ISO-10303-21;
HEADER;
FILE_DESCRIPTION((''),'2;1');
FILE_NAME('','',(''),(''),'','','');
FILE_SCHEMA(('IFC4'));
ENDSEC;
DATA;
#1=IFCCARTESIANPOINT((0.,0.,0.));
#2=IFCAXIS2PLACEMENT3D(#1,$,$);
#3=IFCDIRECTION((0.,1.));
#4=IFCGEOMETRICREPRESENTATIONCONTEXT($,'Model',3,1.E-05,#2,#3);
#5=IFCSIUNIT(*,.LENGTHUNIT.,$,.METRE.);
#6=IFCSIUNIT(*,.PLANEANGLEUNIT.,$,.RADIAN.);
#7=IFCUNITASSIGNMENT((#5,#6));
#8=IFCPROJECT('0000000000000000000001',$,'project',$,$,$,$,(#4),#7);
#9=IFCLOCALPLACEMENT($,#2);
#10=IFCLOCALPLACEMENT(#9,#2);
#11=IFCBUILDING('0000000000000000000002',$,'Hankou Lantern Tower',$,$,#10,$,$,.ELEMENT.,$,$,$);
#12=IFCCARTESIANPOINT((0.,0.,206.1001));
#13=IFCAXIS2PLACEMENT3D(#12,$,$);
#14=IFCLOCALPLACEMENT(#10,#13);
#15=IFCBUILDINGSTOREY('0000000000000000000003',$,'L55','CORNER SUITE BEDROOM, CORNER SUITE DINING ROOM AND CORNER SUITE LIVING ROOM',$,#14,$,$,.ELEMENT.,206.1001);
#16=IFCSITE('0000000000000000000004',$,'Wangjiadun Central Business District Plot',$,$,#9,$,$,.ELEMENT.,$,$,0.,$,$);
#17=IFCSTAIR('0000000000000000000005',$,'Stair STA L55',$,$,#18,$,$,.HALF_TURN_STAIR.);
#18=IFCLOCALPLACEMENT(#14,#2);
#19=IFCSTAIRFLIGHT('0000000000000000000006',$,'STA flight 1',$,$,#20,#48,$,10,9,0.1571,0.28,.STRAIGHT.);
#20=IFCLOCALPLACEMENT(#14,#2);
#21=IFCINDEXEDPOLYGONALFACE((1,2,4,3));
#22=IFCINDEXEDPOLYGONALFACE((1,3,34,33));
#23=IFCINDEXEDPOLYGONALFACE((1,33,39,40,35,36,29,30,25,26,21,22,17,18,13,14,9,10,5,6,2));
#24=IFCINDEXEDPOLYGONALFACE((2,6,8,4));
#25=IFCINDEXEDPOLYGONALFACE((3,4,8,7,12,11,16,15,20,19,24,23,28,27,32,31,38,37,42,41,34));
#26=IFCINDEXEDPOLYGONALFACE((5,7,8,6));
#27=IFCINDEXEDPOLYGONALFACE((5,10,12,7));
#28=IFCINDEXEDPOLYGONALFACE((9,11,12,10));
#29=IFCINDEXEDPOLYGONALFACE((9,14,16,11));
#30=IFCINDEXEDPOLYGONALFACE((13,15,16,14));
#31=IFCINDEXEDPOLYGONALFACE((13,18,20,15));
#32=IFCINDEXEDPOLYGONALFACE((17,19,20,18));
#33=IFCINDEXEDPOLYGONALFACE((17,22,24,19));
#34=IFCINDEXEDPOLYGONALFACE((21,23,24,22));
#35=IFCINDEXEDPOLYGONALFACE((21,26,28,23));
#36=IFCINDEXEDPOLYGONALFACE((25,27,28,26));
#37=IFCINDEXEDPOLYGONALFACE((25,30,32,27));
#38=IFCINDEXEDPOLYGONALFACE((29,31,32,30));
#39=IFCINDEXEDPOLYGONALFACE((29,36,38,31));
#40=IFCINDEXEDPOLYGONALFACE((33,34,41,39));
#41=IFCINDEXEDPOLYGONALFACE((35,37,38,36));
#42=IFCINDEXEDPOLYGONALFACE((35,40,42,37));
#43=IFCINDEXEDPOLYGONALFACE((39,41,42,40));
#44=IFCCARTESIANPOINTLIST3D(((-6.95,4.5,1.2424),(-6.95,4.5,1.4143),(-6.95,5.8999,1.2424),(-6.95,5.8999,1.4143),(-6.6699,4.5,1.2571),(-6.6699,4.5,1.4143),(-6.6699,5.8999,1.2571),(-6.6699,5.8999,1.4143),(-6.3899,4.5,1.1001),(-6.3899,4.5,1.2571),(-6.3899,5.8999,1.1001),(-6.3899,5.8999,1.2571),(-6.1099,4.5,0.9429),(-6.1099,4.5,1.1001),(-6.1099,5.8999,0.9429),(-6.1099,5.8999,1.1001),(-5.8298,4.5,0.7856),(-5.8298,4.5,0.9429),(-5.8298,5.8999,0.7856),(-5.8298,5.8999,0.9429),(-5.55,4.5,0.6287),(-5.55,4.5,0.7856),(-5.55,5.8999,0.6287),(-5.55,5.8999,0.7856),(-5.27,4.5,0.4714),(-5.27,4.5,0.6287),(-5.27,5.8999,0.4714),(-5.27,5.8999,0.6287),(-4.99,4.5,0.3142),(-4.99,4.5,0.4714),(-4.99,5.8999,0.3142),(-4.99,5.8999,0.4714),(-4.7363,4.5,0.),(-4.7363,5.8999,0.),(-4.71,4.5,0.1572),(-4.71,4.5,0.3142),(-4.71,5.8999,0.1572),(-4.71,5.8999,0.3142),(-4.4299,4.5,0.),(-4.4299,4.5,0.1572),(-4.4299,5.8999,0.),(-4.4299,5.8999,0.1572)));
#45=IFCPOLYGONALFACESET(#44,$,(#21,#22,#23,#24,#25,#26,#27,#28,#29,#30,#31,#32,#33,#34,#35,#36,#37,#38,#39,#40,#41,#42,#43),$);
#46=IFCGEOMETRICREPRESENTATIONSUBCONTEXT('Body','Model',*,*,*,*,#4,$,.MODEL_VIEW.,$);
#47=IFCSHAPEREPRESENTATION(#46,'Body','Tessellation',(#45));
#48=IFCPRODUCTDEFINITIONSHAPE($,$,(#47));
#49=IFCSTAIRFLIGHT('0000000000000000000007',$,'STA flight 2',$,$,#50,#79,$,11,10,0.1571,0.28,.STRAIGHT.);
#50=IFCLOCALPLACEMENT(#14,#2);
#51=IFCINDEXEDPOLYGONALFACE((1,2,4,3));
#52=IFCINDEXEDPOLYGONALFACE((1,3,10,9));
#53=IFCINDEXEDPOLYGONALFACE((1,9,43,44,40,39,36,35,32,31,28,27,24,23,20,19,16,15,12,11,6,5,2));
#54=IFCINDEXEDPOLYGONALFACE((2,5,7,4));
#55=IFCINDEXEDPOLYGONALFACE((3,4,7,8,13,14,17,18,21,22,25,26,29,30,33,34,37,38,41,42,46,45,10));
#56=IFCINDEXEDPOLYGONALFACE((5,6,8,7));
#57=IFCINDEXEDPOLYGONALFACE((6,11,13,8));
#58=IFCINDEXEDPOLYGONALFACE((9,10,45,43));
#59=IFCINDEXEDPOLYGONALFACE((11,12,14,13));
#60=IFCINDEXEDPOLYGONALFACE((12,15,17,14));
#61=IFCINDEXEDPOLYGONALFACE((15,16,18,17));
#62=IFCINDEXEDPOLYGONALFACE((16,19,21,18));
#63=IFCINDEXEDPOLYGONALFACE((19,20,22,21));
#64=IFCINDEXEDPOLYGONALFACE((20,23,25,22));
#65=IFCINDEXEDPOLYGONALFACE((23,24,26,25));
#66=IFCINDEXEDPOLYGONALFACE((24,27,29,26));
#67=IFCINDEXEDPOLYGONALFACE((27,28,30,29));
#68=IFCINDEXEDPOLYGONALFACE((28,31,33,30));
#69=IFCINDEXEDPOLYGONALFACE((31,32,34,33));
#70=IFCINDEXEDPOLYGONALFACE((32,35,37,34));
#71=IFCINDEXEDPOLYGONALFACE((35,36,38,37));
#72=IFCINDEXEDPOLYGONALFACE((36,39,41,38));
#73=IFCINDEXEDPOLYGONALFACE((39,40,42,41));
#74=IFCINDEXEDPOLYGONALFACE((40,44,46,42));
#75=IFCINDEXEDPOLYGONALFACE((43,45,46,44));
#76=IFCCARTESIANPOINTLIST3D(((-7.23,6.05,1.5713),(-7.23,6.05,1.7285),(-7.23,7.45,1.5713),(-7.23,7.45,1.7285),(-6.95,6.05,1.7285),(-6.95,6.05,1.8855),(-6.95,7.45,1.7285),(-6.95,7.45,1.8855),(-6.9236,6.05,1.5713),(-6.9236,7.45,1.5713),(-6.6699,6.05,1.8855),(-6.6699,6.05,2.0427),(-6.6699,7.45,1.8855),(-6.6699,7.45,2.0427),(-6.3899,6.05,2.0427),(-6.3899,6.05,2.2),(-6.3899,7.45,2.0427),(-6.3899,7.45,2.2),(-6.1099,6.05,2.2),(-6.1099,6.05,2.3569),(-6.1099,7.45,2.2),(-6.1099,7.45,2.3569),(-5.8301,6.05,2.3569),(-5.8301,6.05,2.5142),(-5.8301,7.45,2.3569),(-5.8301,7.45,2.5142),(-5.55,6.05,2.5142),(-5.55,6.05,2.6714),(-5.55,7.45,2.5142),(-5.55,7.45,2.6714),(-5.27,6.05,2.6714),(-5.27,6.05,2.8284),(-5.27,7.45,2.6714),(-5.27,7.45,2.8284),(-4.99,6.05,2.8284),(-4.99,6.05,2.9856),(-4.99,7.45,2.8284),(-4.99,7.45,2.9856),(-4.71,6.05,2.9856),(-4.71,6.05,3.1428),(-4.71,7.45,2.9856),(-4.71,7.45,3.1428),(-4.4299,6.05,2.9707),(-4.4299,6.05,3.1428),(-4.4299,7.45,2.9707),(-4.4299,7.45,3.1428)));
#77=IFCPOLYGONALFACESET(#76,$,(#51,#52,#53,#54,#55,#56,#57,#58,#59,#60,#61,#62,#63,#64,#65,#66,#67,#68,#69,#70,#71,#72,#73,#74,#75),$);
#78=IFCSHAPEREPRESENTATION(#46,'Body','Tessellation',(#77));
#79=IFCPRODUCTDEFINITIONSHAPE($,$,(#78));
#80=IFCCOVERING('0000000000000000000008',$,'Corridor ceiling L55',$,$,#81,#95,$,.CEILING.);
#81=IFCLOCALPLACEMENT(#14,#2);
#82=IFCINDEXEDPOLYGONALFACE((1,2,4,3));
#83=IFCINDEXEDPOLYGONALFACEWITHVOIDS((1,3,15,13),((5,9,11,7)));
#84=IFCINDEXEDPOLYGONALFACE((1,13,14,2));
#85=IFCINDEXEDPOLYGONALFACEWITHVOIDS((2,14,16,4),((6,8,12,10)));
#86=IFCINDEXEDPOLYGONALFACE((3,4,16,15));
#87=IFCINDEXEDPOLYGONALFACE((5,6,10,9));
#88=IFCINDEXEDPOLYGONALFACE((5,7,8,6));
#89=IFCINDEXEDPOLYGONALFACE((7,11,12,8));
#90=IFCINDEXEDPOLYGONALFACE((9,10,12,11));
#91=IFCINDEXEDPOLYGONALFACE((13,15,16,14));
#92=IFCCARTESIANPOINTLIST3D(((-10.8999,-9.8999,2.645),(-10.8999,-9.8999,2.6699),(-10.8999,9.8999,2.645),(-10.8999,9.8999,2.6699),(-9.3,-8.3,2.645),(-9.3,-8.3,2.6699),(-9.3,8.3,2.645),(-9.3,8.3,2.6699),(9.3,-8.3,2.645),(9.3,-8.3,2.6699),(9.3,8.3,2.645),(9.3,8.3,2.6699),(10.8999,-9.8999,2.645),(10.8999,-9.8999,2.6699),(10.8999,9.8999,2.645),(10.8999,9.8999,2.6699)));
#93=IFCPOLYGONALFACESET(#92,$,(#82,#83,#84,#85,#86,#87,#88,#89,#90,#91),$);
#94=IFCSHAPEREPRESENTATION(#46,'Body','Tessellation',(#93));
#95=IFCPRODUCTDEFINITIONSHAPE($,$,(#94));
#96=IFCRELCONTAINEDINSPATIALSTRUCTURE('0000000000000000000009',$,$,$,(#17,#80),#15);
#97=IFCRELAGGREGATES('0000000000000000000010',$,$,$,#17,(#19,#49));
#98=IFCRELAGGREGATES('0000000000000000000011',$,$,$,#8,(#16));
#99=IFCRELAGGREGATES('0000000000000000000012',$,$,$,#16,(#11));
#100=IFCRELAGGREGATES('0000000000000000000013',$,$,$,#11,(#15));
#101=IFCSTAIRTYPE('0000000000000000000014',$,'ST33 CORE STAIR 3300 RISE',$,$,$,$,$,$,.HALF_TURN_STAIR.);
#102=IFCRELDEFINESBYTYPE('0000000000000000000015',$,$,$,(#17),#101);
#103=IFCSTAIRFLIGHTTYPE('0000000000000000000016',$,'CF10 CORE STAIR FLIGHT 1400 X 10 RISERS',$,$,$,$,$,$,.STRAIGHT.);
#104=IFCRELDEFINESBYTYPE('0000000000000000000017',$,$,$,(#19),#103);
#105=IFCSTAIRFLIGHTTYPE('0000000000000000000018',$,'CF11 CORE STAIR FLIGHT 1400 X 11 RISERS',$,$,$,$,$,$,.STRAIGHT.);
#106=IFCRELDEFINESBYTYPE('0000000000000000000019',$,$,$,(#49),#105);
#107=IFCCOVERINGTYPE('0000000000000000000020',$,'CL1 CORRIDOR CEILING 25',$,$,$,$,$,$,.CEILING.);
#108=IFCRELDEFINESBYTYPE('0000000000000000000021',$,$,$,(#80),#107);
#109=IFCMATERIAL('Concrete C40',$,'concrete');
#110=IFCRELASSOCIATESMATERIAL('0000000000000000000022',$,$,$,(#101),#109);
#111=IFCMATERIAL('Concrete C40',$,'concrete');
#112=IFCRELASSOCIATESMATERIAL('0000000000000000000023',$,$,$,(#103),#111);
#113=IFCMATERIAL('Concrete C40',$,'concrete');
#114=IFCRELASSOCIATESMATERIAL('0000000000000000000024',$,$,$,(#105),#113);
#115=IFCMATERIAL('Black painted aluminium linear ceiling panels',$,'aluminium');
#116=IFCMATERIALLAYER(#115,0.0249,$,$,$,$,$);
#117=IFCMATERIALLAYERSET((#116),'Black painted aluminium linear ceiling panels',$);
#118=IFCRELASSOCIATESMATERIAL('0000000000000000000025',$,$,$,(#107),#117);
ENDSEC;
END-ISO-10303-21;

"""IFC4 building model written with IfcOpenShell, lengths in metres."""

from ifc_helpers import new_model, si_unit, direction, frame, origin, place, context, subcontext, project, spatial, polyline, outline, extrude, material, layer, layer_set, type_object, element, aggregate, save


model = new_model("IFC4")

# Units and contexts
model_context = context("Model", 3, precision=1e-05, world=origin(), true_north=direction((0.0, 1.0)))
body_context = subcontext(model_context, "Body", "Model", "MODEL_VIEW")
ifc_project = project(units=[si_unit("LENGTHUNIT", "METRE"), si_unit("PLANEANGLEUNIT", "RADIAN")], contexts=[model_context])

# Site, building, storey
site_placement = place(None, origin())
site = spatial("IfcSite", under=ifc_project, at=site_placement, Name="Wangjiadun Central Business District Plot", CompositionType="ELEMENT", RefElevation=0.0)
building_placement = place(site_placement, origin())
building = spatial("IfcBuilding", under=site, at=building_placement, Name="Hankou Lantern Tower", CompositionType="ELEMENT")
storey_placement = place(building_placement, frame((0.0, 0.0, 206.1001)))
storey = spatial("IfcBuildingStorey", under=building, at=storey_placement, Name="L55", Description="CORNER SUITE BEDROOM, CORNER SUITE DINING ROOM AND CORNER SUITE LIVING ROOM", CompositionType="ELEMENT", Elevation=206.1001)

# Stair, stair flights
ifc_material_1 = material(Name="Concrete C40", Category="concrete")
stair_type = type_object("IfcStairType", Name="ST33 CORE STAIR 3300 RISE", PredefinedType="HALF_TURN_STAIR", material=ifc_material_1)
stair_placement = place(storey_placement, origin())
stair = element("IfcStair", 1, at=stair_placement, inside=storey, type_object=stair_type, Name="Stair STA L55", PredefinedType="HALF_TURN_STAIR")
ifc_material_2 = material(Name="Concrete C40", Category="concrete")
stair_flight_type_1 = type_object("IfcStairFlightType", Name="CF10 CORE STAIR FLIGHT 1400 X 10 RISERS", PredefinedType="STRAIGHT", material=ifc_material_2)
stair_flight_1_placement = place(storey_placement, frame((-4.4299, 5.2, 0.0), z_axis=(0.0, 0.0, 1.0), x_axis=(-1.0, 0.0, 0.0)))
stair_flight_1 = element("IfcStairFlight", 2, at=stair_flight_1_placement, type_object=stair_flight_type_1, Name="STA flight 1", NumberOfRisers=10, NumberOfTreads=9, PredefinedType="STRAIGHT", RiserHeight=0.1571, TreadLength=0.28, context=body_context, shape_type="SweptSolid", body=[
    extrude(outline(polyline([(0.0, 0.0), (0.0, 0.1572), (0.28, 0.1572), (0.28, 0.3142), (0.5601, 0.3142), (0.5601, 0.4714), (0.8401, 0.4714), (0.8401, 0.6287), (1.1201, 0.6287), (1.1201, 0.7856), (1.3999, 0.7856), (1.3999, 0.9429), (1.6799, 0.9429), (1.6799, 1.1001), (1.96, 1.1001), (1.96, 1.2571), (2.24, 1.2571), (2.24, 1.4143), (2.52, 1.4143), (2.52, 1.5715), (2.52, 1.2424), (0.3064, 0.0), (0.0, 0.0)])), frame((0.0, 0.7, 0.0), z_axis=(0.0, -1.0, 0.0), x_axis=(1.0, 0.0, 0.0)), (0.0, 0.0, 1.0), 1.3999),
])
ifc_material_3 = material(Name="Concrete C40", Category="concrete")
stair_flight_type_2 = type_object("IfcStairFlightType", Name="CF11 CORE STAIR FLIGHT 1400 X 11 RISERS", PredefinedType="STRAIGHT", material=ifc_material_3)
stair_flight_2_placement = place(storey_placement, frame((-7.23, 6.75, 1.5713), z_axis=(0.0, 0.0, 1.0), x_axis=(1.0, 0.0, 0.0)))
stair_flight_2 = element("IfcStairFlight", 3, at=stair_flight_2_placement, type_object=stair_flight_type_2, Name="STA flight 2", NumberOfRisers=11, NumberOfTreads=10, PredefinedType="STRAIGHT", RiserHeight=0.1571, TreadLength=0.28, context=body_context, shape_type="SweptSolid", body=[
    extrude(outline(polyline([(0.0, 0.0), (0.0, 0.1572), (0.28, 0.1572), (0.28, 0.3142), (0.5601, 0.3142), (0.5601, 0.4714), (0.8401, 0.4714), (0.8401, 0.6287), (1.1201, 0.6287), (1.1201, 0.7856), (1.3999, 0.7856), (1.3999, 0.9429), (1.6799, 0.9429), (1.6799, 1.1001), (1.96, 1.1001), (1.96, 1.2571), (2.24, 1.2571), (2.24, 1.4143), (2.52, 1.4143), (2.52, 1.5715), (2.8, 1.5715), (2.8, 1.7285), (2.8, 1.3994), (0.3064, 0.0), (0.0, 0.0)])), frame((0.0, 0.7, 0.0), z_axis=(0.0, -1.0, 0.0), x_axis=(1.0, 0.0, 0.0)), (0.0, 0.0, 1.0), 1.3999),
])
aggregate(stair, [stair_flight_1, stair_flight_2])

# Covering
ifc_material_4 = material(Name="Black painted aluminium linear ceiling panels", Category="aluminium")
ifc_layer_1 = layer(ifc_material_4, 0.0249)
ifc_layer_set_1 = layer_set([ifc_layer_1], Name="Black painted aluminium linear ceiling panels")
covering_type = type_object("IfcCoveringType", Name="CL1 CORRIDOR CEILING 25", PredefinedType="CEILING", material=ifc_layer_set_1)
covering_placement = place(storey_placement, frame((0.0, 0.0, 2.645)))
element("IfcCovering", 4, at=covering_placement, inside=storey, type_object=covering_type, Name="Corridor ceiling L55", PredefinedType="CEILING", context=body_context, shape_type="SweptSolid", body=[
    extrude(outline(polyline([(-10.8999, -9.8999), (10.8999, -9.8999), (10.8999, 9.8999), (-10.8999, 9.8999), (-10.8999, -9.8999)]), holes=[polyline([(-9.3, 8.3), (9.3, 8.3), (9.3, -8.3), (-9.3, -8.3), (-9.3, 8.3)])]), origin(), (0.0, 0.0, 1.0), 0.0249),
])

save(model, "model.ifc")
